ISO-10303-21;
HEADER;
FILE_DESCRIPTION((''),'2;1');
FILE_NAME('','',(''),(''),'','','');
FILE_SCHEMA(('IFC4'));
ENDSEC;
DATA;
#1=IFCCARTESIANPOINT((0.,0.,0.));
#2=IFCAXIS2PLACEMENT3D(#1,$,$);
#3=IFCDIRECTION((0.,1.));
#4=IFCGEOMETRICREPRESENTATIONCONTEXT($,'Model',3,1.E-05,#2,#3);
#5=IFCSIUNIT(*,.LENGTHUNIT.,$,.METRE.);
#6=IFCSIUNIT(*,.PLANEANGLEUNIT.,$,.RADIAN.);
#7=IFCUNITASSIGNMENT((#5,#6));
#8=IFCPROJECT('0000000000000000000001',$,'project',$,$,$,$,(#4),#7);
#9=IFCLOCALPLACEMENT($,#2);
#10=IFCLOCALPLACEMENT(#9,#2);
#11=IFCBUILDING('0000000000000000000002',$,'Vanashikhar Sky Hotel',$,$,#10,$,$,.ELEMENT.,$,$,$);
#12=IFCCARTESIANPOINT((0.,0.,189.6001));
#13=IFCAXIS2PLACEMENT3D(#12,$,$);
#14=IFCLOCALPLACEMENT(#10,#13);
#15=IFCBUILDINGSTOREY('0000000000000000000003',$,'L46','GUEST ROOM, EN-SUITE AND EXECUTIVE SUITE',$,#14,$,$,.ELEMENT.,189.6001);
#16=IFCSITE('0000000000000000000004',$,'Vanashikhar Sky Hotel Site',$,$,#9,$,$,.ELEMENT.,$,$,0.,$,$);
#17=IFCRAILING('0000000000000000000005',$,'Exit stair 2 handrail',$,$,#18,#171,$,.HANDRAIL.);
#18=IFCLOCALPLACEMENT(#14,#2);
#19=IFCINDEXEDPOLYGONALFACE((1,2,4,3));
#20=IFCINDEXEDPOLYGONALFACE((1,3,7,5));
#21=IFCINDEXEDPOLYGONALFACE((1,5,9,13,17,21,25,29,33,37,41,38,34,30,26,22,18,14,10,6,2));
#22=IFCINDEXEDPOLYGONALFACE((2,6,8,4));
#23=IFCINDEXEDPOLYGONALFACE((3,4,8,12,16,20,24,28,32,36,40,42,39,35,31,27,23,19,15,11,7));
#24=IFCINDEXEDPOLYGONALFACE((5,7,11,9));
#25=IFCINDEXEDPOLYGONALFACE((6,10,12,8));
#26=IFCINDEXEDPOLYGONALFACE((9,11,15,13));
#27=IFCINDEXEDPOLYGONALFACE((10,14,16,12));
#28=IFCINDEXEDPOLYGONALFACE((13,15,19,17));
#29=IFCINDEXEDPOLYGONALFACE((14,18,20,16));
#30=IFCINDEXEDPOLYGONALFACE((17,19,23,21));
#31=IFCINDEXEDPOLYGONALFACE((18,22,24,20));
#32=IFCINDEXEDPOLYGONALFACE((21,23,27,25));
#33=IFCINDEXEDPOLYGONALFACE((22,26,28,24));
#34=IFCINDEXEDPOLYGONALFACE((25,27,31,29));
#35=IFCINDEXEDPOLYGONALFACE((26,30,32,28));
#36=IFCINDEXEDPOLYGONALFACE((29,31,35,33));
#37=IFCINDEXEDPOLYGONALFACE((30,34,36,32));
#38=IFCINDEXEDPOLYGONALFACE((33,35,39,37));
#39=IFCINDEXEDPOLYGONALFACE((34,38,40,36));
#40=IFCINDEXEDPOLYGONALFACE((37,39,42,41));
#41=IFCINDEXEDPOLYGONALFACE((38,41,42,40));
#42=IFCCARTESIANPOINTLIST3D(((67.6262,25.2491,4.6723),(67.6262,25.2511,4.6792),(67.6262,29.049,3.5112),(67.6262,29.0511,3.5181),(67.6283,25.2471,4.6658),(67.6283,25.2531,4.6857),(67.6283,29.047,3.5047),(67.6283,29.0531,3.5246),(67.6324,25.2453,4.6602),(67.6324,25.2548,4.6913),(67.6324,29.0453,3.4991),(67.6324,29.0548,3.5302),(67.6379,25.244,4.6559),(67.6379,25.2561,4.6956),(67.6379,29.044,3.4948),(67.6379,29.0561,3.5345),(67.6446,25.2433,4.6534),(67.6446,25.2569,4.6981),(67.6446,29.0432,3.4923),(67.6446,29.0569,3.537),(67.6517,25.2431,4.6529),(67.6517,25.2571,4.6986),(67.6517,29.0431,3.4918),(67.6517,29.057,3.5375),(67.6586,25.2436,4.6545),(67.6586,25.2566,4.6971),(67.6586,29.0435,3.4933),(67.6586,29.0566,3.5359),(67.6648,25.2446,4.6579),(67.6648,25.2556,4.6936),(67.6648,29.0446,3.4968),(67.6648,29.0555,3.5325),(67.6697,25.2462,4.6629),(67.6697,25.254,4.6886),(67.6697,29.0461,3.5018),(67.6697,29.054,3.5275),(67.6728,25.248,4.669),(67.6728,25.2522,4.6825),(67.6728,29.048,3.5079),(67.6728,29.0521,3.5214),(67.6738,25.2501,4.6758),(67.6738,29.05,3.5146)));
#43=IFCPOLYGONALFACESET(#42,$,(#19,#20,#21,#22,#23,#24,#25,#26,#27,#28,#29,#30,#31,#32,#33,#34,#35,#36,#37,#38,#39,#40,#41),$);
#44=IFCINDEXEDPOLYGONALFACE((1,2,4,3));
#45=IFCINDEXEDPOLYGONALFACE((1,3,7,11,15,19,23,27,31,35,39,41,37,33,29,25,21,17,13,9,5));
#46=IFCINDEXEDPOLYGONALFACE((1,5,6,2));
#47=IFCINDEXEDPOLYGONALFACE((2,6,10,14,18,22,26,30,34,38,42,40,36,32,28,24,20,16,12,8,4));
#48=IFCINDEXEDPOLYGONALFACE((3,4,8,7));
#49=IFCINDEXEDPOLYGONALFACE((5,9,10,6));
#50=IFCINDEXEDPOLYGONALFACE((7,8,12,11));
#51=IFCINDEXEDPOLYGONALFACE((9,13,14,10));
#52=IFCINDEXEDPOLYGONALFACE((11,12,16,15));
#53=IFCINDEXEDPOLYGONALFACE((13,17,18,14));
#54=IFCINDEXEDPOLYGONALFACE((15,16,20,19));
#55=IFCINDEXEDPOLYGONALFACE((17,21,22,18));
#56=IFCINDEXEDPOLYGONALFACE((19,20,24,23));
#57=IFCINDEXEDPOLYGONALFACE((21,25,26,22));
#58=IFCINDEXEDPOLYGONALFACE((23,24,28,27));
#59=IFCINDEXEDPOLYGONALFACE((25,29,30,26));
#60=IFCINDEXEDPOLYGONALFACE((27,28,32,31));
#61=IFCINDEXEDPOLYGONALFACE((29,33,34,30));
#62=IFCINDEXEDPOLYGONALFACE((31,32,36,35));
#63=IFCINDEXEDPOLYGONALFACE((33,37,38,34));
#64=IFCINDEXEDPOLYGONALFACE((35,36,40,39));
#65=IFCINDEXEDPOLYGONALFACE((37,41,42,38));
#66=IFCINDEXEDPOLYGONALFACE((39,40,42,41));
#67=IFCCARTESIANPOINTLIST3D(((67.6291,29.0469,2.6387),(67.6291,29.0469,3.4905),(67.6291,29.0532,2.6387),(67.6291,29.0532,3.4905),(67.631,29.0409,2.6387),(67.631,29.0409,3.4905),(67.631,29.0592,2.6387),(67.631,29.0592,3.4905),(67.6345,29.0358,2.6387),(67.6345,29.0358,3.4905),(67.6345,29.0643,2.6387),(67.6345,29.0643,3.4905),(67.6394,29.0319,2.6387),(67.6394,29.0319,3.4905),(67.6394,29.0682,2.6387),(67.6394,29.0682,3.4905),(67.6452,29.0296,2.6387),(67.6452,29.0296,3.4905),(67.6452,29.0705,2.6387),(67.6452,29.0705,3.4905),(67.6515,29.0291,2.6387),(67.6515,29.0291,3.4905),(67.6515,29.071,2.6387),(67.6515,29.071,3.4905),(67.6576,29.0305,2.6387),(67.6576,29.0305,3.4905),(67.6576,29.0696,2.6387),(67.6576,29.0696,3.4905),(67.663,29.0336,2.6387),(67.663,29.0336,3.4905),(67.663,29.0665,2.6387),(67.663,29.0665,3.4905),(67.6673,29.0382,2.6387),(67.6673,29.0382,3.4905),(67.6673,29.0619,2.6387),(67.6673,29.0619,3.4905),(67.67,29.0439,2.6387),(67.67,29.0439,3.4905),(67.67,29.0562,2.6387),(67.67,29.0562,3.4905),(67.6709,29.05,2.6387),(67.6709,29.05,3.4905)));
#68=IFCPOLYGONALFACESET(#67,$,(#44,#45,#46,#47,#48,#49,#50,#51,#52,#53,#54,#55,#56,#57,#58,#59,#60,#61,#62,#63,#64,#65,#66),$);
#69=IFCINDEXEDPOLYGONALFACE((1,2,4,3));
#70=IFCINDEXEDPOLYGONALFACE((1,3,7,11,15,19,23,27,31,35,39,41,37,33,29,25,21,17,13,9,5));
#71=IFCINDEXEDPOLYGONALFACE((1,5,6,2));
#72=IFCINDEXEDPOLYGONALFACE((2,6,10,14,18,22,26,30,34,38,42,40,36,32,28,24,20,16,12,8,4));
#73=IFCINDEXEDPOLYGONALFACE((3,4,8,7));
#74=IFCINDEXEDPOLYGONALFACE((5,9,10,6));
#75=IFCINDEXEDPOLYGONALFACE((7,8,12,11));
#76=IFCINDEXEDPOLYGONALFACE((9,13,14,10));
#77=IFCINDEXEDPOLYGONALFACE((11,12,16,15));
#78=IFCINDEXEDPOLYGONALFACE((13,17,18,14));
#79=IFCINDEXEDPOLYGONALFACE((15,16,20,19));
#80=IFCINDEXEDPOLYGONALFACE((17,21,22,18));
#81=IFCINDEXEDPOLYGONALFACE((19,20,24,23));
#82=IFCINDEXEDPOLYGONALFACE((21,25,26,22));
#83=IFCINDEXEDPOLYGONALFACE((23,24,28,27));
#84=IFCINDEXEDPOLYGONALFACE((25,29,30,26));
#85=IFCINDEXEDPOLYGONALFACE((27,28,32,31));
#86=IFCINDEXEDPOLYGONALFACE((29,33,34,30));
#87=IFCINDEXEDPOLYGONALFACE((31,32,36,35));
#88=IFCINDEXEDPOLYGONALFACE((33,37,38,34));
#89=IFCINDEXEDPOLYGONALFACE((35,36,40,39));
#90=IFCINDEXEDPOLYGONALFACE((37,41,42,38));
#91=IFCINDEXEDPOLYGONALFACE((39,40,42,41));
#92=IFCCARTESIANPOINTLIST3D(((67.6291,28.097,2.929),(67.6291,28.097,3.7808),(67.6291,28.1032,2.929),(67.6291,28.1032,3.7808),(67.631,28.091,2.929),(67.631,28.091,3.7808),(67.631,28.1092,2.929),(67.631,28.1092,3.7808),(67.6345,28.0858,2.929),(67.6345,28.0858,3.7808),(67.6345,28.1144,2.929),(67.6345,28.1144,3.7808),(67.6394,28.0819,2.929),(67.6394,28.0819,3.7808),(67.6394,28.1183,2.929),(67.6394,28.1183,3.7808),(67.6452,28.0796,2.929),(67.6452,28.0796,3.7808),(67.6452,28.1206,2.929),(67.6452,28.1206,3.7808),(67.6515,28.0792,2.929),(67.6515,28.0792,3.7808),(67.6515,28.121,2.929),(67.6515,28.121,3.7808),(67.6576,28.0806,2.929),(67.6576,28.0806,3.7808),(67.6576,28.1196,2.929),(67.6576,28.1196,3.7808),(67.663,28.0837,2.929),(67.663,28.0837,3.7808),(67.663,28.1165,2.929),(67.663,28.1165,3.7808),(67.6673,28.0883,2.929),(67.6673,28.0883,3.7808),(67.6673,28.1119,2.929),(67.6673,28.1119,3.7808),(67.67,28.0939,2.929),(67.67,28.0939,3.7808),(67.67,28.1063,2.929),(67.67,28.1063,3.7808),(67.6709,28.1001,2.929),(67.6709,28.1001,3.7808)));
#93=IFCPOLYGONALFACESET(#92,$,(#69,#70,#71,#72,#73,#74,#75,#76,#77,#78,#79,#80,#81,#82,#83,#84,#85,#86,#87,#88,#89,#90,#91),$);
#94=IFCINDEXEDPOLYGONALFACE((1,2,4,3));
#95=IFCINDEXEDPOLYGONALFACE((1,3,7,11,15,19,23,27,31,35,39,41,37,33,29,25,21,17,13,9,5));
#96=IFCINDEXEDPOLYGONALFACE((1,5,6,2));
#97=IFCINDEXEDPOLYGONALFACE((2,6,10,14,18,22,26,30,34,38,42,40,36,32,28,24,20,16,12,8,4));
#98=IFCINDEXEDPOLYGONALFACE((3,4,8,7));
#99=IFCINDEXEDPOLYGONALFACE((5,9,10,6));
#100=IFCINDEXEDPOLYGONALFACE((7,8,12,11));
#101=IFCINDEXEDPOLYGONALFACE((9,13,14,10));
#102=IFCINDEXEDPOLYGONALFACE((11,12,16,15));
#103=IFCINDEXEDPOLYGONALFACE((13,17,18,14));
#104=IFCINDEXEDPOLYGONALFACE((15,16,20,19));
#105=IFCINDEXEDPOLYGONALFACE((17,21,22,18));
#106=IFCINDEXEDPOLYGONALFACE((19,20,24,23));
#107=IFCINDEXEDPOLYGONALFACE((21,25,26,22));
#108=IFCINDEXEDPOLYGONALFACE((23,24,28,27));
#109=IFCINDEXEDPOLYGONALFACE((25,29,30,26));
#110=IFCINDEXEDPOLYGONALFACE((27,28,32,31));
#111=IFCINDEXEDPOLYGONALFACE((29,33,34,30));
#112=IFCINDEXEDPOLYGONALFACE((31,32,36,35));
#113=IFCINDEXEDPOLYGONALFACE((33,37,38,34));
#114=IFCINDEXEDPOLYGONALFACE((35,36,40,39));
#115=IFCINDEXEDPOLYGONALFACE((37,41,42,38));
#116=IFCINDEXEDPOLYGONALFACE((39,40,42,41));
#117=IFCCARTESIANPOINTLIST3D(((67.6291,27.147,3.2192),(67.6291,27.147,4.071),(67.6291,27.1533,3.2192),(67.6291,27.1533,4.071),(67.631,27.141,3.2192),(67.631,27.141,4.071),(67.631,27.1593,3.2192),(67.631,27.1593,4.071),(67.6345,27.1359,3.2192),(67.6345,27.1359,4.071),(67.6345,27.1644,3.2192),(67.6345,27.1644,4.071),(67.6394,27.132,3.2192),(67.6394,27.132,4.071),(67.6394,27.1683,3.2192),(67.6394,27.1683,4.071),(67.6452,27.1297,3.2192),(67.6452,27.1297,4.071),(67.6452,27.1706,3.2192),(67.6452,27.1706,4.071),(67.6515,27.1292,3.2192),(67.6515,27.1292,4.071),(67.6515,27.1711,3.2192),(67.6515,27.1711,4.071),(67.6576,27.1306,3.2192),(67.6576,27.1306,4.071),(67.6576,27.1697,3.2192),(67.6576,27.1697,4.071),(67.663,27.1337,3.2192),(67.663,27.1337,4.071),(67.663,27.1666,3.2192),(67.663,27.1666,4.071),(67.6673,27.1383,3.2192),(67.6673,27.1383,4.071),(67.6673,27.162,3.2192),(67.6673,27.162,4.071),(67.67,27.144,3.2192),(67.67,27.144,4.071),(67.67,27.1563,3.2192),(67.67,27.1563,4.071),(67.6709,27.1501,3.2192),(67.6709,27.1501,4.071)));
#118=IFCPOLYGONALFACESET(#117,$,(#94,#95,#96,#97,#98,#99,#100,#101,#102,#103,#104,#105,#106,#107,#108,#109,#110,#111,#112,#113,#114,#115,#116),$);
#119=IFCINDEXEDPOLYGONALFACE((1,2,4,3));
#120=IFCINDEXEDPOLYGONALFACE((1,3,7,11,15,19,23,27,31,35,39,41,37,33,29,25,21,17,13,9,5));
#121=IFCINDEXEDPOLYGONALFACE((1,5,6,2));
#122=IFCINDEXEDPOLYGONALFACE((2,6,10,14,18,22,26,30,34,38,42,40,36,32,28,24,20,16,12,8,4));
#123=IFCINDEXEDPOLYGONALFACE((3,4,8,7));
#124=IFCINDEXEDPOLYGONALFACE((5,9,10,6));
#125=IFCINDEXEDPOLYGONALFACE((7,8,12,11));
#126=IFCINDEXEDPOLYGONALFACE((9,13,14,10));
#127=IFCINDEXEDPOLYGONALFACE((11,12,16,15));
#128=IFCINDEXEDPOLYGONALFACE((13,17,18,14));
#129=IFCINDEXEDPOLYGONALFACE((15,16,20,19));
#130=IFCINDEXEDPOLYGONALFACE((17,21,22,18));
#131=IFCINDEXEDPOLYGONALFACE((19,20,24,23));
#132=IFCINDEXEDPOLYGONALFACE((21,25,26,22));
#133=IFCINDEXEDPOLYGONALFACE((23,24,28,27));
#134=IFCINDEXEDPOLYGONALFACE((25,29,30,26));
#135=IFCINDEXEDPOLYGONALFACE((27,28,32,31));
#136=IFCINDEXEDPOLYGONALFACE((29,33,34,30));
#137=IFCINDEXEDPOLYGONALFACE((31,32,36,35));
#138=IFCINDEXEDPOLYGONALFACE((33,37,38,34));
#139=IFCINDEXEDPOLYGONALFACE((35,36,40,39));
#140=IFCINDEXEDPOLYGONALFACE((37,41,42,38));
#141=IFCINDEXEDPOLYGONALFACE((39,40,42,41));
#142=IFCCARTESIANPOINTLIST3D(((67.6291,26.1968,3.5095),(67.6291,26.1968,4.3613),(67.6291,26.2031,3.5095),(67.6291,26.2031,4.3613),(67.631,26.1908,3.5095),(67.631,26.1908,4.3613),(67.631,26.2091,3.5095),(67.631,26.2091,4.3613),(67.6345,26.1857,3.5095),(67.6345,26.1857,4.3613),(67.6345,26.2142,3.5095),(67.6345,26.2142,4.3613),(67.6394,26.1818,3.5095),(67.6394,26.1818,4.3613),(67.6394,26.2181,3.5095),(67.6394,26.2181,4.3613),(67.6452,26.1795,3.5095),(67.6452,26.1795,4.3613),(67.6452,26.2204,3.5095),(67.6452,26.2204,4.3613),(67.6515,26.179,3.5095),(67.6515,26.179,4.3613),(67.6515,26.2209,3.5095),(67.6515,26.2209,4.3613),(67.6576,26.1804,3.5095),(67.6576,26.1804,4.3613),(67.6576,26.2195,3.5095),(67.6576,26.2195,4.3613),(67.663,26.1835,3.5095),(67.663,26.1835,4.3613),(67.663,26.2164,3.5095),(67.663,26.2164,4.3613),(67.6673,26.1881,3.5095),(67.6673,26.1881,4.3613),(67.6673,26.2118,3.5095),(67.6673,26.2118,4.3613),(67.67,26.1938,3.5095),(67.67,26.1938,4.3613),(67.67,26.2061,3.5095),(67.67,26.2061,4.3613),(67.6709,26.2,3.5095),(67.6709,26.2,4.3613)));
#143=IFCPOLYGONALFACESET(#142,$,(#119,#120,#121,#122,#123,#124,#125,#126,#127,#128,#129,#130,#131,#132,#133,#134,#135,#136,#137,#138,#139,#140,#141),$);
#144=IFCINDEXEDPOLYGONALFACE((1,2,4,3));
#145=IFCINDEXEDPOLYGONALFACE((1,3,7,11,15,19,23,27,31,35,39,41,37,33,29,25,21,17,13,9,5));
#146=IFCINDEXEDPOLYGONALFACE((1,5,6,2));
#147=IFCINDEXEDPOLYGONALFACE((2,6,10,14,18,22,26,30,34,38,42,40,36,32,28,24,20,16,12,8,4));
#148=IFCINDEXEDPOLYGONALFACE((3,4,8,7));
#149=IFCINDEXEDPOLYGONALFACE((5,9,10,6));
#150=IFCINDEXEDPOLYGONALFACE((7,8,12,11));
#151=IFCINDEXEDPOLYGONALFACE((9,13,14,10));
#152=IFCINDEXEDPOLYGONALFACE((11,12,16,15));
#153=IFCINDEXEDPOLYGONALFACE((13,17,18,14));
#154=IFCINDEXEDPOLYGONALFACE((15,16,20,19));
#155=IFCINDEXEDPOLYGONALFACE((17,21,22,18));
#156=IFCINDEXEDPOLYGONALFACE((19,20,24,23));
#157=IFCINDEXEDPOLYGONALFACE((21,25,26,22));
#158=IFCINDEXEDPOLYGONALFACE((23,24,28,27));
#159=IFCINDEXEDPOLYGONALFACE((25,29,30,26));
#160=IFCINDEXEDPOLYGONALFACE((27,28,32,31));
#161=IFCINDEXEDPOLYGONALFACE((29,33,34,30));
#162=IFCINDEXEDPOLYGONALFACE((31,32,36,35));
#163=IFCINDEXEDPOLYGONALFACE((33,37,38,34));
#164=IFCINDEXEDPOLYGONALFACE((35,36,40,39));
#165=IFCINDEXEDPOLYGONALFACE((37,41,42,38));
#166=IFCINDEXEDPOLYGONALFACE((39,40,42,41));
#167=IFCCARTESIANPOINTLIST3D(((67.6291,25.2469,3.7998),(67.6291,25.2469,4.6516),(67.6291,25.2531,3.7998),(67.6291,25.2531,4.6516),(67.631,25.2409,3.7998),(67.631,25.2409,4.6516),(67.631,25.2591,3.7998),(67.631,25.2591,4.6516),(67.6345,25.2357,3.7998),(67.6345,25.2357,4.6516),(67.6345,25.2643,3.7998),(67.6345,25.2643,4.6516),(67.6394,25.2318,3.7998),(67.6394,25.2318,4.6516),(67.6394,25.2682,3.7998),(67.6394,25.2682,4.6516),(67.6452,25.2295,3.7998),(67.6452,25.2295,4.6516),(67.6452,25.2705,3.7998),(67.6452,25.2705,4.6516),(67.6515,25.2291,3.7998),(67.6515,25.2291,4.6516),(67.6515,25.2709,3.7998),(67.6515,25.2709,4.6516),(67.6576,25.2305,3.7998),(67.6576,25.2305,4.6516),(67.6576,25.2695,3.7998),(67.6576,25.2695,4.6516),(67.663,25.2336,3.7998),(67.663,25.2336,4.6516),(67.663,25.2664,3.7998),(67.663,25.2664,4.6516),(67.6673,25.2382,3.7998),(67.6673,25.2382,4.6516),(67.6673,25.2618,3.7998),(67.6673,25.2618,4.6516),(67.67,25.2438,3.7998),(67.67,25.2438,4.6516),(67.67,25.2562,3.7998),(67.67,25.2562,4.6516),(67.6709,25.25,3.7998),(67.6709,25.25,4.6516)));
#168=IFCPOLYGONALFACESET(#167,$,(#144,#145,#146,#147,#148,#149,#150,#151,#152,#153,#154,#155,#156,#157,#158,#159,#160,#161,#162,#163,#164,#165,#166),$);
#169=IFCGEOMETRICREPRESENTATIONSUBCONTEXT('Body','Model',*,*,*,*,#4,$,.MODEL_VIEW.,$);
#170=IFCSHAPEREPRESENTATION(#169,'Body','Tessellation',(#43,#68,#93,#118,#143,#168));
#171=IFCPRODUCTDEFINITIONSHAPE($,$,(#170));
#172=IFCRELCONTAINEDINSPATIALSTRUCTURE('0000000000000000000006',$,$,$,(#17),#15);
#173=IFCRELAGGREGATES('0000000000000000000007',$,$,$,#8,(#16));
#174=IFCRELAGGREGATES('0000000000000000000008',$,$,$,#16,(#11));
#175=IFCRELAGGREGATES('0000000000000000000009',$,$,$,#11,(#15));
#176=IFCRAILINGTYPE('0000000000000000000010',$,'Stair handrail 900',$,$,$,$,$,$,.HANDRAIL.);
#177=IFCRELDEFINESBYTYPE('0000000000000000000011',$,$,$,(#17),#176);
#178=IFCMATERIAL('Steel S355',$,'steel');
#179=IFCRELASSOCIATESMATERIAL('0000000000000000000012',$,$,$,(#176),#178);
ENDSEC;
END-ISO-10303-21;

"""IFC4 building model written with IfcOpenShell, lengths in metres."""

from ifc_helpers import new_model, si_unit, direction, frame, origin, origin_2d, place, context, subcontext, project, spatial, circle, extrude, source, transform, mapped, material, type_object, element, save


model = new_model("IFC4")

# Units and contexts
model_context = context("Model", 3, precision=1e-05, world=origin(), true_north=direction((0.0, 1.0)))
body_context = subcontext(model_context, "Body", "Model", "MODEL_VIEW")
ifc_project = project(units=[si_unit("LENGTHUNIT", "METRE"), si_unit("PLANEANGLEUNIT", "RADIAN")], contexts=[model_context])

# Site, building, storey
site_placement = place(None, origin())
site = spatial("IfcSite", under=ifc_project, at=site_placement, Name="Vanashikhar Sky Hotel Site", CompositionType="ELEMENT", RefElevation=0.0)
building_placement = place(site_placement, origin())
building = spatial("IfcBuilding", under=site, at=building_placement, Name="Vanashikhar Sky Hotel", CompositionType="ELEMENT")
storey_placement = place(building_placement, frame((0.0, 0.0, 189.6001)))
storey = spatial("IfcBuildingStorey", under=building, at=storey_placement, Name="L46", Description="GUEST ROOM, EN-SUITE AND EXECUTIVE SUITE", CompositionType="ELEMENT", Elevation=189.6001)

# Railing
ifc_material_1 = material(Name="Steel S355", Category="steel")
railing_type = type_object("IfcRailingType", Name="Stair handrail 900", PredefinedType="HANDRAIL", material=ifc_material_1)
shared_shape_1 = source(origin(), body_context, "Body", "SweptSolid", [
    extrude(circle(Radius=0.0239, at=origin_2d()), frame((0.0, 0.0, 0.876), z_axis=(0.0, -0.956351, 0.29222), x_axis=(1.0, 0.0, 0.0)), (0.0, 0.0, 1.0), 3.9734),
    extrude(circle(Radius=0.021, at=origin_2d()), origin(), (0.0, 0.0, 1.0), 0.8518),
    extrude(circle(Radius=0.021, at=origin_2d()), frame((0.0, -0.95, 0.2903)), (0.0, 0.0, 1.0), 0.8518),
    extrude(circle(Radius=0.021, at=origin_2d()), frame((0.0, -1.8999, 0.5806)), (0.0, 0.0, 1.0), 0.8518),
    extrude(circle(Radius=0.021, at=origin_2d()), frame((0.0, -2.8501, 0.8708)), (0.0, 0.0, 1.0), 0.8518),
    extrude(circle(Radius=0.021, at=origin_2d()), frame((0.0, -3.8, 1.1611)), (0.0, 0.0, 1.0), 0.8518),
])
for number, where, name in (
    (1, (67.6499, 29.05, 2.6387), "Exit stair 2 handrail"),
):
    element("IfcRailing", number, at=place(storey_placement, frame(where)), inside=storey, type_object=railing_type, Name=name, PredefinedType="HANDRAIL", context=body_context, shape_type="MappedRepresentation", body=[
        mapped(shared_shape_1, transform((0.0, 0.0, 0.0), scale=1.0)),
    ])

save(model, "model.ifc")
